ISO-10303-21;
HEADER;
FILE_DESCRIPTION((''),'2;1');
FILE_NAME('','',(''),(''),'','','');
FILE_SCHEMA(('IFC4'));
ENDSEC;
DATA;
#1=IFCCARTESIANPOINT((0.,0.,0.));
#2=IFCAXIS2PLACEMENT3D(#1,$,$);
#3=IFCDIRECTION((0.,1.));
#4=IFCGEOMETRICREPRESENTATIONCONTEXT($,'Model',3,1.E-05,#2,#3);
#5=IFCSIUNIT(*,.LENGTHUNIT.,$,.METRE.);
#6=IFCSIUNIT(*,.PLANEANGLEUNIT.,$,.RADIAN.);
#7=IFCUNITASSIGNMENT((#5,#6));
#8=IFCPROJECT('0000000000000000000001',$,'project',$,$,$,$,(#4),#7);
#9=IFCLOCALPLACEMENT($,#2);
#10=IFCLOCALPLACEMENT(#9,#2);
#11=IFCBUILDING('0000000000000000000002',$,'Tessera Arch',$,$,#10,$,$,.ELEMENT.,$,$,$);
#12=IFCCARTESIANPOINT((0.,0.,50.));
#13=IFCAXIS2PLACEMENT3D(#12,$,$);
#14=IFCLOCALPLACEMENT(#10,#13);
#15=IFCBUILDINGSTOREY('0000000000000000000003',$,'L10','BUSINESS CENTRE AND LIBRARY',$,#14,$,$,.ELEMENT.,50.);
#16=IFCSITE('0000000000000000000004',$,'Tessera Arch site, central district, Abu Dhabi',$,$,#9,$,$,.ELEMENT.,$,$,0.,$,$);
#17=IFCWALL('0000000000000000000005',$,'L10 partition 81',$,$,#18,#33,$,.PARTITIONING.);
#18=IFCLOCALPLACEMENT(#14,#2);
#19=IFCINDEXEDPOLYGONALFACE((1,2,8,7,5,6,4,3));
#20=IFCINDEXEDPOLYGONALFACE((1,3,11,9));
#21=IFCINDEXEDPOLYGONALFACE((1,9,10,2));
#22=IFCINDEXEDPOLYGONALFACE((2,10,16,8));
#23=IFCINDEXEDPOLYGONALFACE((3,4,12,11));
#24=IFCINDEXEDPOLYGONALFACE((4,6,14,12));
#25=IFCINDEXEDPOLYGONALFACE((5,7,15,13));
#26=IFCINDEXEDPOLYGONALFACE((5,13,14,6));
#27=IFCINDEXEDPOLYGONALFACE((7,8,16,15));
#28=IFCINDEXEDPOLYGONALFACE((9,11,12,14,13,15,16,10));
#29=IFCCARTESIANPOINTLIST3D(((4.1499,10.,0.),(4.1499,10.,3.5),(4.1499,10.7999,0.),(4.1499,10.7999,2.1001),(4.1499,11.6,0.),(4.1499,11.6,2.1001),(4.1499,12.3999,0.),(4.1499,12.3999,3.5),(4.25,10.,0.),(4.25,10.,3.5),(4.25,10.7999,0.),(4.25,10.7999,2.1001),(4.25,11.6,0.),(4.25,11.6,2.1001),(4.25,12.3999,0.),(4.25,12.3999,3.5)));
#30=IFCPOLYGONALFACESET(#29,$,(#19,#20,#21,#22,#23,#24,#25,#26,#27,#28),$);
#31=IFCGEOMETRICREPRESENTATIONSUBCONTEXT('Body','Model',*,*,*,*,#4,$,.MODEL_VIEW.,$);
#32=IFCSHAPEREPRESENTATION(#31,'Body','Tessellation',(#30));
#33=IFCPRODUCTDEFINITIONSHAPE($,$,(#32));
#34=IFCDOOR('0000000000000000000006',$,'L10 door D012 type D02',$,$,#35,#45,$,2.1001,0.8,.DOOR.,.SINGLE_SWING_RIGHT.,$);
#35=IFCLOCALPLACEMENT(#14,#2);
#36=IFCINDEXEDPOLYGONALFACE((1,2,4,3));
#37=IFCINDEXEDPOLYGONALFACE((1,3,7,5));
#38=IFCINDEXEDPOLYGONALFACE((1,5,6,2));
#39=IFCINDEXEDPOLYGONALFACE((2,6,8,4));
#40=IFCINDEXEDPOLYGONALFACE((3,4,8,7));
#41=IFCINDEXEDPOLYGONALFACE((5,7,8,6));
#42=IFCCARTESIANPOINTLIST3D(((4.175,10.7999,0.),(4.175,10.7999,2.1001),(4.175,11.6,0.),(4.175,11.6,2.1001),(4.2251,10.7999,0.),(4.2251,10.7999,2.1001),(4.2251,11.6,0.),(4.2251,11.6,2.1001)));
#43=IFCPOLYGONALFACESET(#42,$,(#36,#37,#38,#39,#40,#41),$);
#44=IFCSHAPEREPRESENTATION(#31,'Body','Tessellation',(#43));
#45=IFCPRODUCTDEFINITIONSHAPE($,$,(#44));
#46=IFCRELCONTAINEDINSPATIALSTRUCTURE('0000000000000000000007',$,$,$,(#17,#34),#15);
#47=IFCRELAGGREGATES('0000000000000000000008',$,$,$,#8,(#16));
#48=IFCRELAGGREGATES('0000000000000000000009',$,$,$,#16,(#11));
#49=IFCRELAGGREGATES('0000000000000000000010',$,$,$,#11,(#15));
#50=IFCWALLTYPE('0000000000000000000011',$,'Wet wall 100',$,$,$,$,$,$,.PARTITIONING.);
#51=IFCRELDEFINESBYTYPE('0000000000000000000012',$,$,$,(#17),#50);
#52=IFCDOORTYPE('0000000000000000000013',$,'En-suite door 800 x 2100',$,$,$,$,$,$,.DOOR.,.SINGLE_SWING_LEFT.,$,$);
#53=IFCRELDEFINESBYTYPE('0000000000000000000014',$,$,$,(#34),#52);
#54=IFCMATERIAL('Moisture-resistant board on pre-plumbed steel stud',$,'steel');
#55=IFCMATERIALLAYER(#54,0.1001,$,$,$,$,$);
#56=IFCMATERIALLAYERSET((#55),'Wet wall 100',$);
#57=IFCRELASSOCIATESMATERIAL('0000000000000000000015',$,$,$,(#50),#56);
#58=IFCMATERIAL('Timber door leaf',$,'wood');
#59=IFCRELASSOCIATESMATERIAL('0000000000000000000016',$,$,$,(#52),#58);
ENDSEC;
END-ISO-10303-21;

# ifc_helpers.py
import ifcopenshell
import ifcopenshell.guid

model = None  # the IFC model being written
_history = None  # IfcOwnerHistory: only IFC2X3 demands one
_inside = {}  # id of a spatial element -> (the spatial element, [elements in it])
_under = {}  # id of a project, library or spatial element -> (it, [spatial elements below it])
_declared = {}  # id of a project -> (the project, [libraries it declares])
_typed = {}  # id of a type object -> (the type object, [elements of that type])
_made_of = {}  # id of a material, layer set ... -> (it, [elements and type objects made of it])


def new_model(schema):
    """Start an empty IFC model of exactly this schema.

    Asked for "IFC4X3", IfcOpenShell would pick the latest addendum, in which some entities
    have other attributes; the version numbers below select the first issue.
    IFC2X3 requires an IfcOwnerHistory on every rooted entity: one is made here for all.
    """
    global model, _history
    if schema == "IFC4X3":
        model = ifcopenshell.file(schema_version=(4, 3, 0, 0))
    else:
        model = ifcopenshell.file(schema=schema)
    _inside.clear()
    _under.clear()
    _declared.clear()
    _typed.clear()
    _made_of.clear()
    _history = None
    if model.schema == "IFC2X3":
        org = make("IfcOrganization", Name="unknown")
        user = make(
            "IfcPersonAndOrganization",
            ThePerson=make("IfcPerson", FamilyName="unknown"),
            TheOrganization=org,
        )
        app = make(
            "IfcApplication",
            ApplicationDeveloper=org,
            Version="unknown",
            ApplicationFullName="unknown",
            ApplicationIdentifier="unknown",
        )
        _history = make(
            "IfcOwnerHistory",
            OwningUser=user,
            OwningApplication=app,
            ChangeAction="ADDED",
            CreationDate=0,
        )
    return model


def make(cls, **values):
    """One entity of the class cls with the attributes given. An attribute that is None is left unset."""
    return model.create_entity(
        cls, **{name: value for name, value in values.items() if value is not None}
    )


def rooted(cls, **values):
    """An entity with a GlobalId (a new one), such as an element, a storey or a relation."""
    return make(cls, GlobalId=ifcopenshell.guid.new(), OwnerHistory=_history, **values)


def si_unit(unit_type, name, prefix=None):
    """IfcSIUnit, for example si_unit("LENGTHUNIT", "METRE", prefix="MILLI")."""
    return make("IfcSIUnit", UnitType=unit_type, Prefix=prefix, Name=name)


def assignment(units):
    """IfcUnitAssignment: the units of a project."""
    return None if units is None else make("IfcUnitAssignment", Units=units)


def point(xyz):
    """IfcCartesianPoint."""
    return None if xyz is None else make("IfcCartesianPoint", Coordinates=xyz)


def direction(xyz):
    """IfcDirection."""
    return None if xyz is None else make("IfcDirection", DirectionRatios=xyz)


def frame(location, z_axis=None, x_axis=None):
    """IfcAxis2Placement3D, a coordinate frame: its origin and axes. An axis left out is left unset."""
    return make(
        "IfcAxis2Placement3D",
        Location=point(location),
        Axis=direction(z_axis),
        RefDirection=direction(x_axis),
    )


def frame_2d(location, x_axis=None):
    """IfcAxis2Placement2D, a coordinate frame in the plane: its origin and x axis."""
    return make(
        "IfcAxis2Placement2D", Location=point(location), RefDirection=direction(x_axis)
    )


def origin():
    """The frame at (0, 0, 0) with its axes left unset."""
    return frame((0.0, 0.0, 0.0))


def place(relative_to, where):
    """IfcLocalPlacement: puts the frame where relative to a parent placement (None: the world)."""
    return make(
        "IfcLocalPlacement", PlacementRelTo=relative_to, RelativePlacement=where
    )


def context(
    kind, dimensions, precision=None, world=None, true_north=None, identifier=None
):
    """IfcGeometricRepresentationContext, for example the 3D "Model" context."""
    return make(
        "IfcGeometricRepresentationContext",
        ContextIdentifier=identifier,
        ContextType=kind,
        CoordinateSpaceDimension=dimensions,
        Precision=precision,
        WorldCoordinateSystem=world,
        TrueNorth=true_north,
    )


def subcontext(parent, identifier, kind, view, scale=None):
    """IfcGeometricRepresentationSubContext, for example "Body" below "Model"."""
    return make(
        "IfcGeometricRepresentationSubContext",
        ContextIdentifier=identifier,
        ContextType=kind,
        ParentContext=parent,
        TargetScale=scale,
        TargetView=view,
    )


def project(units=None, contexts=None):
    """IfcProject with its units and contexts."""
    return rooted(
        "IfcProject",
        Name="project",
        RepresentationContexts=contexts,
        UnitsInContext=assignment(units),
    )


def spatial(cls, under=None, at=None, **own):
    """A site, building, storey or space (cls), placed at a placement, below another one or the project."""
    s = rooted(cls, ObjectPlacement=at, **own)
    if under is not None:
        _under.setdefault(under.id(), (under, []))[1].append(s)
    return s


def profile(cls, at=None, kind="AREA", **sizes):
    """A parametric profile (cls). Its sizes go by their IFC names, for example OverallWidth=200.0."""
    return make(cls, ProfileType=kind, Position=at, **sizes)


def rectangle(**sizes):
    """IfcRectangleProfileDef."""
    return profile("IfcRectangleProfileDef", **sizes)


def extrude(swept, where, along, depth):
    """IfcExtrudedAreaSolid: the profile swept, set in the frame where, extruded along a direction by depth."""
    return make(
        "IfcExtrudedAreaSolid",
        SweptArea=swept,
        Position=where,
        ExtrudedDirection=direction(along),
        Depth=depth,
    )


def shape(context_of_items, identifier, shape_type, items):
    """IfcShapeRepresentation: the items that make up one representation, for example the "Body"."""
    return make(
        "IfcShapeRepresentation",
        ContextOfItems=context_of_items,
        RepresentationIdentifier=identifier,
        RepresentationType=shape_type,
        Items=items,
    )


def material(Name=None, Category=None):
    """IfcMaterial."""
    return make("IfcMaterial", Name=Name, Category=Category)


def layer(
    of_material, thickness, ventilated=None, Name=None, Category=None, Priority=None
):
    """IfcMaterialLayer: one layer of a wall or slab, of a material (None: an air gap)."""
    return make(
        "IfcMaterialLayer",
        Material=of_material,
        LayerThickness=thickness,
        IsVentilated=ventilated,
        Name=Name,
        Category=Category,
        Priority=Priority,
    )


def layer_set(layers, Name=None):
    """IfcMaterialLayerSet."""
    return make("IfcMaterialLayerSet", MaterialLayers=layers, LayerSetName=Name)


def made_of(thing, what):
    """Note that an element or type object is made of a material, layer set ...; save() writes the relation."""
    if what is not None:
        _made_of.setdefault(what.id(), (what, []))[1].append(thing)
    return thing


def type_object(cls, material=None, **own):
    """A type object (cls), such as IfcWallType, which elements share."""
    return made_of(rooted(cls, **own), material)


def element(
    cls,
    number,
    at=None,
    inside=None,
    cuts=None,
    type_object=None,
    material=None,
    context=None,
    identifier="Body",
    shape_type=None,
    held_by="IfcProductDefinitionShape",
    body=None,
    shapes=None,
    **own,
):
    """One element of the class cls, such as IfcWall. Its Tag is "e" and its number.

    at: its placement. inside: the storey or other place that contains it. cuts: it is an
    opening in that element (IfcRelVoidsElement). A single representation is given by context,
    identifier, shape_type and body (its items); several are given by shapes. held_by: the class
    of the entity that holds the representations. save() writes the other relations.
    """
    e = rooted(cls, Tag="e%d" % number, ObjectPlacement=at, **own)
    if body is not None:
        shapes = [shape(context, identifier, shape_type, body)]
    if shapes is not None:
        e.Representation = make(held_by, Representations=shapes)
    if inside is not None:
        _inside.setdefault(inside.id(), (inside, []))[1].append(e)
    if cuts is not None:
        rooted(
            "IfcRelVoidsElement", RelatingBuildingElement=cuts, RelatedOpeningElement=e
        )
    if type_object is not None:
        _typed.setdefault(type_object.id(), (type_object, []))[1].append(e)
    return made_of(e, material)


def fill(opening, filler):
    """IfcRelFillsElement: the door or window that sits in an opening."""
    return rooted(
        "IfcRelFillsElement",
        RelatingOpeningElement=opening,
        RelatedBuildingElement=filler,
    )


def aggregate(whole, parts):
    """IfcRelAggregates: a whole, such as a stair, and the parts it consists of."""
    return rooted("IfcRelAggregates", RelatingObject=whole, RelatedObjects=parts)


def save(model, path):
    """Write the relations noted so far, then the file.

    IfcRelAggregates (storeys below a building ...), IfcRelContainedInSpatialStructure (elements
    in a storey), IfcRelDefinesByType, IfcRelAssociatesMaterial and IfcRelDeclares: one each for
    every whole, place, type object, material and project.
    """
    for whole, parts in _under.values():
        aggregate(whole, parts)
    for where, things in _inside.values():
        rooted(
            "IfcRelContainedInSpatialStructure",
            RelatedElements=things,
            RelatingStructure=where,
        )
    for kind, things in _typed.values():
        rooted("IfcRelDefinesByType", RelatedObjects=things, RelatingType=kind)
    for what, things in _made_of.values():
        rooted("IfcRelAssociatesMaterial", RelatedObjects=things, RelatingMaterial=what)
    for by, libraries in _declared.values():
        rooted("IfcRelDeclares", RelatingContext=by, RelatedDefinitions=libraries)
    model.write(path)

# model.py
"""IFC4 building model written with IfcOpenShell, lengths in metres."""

from ifc_helpers import new_model, si_unit, direction, frame, frame_2d, origin, place, context, subcontext, project, spatial, rectangle, extrude, material, layer, layer_set, type_object, element, fill, save


model = new_model("IFC4")

# Units and contexts
model_context = context("Model", 3, precision=1e-05, world=origin(), true_north=direction((0.0, 1.0)))
body_context = subcontext(model_context, "Body", "Model", "MODEL_VIEW")
ifc_project = project(units=[si_unit("LENGTHUNIT", "METRE"), si_unit("PLANEANGLEUNIT", "RADIAN")], contexts=[model_context])

# Site, building, storey
site_placement = place(None, origin())
site = spatial("IfcSite", under=ifc_project, at=site_placement, Name="Tessera Arch site, central district, Abu Dhabi", CompositionType="ELEMENT", RefElevation=0.0)
building_placement = place(site_placement, origin())
building = spatial("IfcBuilding", under=site, at=building_placement, Name="Tessera Arch", CompositionType="ELEMENT")
storey_placement = place(building_placement, frame((0.0, 0.0, 50.0)))
storey = spatial("IfcBuildingStorey", under=building, at=storey_placement, Name="L10", Description="BUSINESS CENTRE AND LIBRARY", CompositionType="ELEMENT", Elevation=50.0)

# Wall, opening, door
ifc_material_1 = material(Name="Moisture-resistant board on pre-plumbed steel stud", Category="steel")
ifc_layer_1 = layer(ifc_material_1, 0.1001)
ifc_layer_set_1 = layer_set([ifc_layer_1], Name="Wet wall 100")
wall_type_1 = type_object("IfcWallType", Name="Wet wall 100", PredefinedType="PARTITIONING", material=ifc_layer_set_1)
wall_1_placement = place(storey_placement, frame((4.2, 10.0, 0.0), z_axis=(0.0, 0.0, 1.0), x_axis=(0.0, 1.0, 0.0)))
wall_1 = element("IfcWall", 1, at=wall_1_placement, inside=storey, type_object=wall_type_1, Name="L10 partition 81", PredefinedType="PARTITIONING", context=body_context, shape_type="SweptSolid", body=[
    extrude(rectangle(XDim=2.3999, YDim=0.1001, at=frame_2d((1.2, 0.0))), origin(), (0.0, 0.0, 1.0), 3.5),
])
opening_1_placement = place(wall_1_placement, frame((0.8, 0.0, 0.0)))
opening_1 = element("IfcOpeningElement", 2, at=opening_1_placement, cuts=wall_1, PredefinedType="OPENING", context=body_context, shape_type="SweptSolid", body=[
    extrude(rectangle(XDim=0.8, YDim=2.1001, at=frame_2d((0.3999, 1.05))), frame((0.0, 0.0601, 0.0), z_axis=(0.0, -1.0, 0.0), x_axis=(1.0, 0.0, 0.0)), (0.0, 0.0, 1.0), 0.1201),
])
ifc_material_2 = material(Name="Timber door leaf", Category="wood")
door_type_1 = type_object("IfcDoorType", Name="En-suite door 800 x 2100", OperationType="SINGLE_SWING_LEFT", PredefinedType="DOOR", material=ifc_material_2)
door_1_placement = place(opening_1_placement, origin())
door_1 = element("IfcDoor", 3, at=door_1_placement, inside=storey, type_object=door_type_1, Name="L10 door D012 type D02", OperationType="SINGLE_SWING_RIGHT", OverallHeight=2.1001, OverallWidth=0.8, PredefinedType="DOOR", context=body_context, shape_type="SweptSolid", body=[
    extrude(rectangle(XDim=0.8, YDim=2.1001, at=frame_2d((0.3999, 1.05))), frame((0.0, 0.0249, 0.0), z_axis=(0.0, -1.0, 0.0), x_axis=(1.0, 0.0, 0.0)), (0.0, 0.0, 1.0), 0.05),
])
fill(opening_1, door_1)

save(model, "model.ifc")
